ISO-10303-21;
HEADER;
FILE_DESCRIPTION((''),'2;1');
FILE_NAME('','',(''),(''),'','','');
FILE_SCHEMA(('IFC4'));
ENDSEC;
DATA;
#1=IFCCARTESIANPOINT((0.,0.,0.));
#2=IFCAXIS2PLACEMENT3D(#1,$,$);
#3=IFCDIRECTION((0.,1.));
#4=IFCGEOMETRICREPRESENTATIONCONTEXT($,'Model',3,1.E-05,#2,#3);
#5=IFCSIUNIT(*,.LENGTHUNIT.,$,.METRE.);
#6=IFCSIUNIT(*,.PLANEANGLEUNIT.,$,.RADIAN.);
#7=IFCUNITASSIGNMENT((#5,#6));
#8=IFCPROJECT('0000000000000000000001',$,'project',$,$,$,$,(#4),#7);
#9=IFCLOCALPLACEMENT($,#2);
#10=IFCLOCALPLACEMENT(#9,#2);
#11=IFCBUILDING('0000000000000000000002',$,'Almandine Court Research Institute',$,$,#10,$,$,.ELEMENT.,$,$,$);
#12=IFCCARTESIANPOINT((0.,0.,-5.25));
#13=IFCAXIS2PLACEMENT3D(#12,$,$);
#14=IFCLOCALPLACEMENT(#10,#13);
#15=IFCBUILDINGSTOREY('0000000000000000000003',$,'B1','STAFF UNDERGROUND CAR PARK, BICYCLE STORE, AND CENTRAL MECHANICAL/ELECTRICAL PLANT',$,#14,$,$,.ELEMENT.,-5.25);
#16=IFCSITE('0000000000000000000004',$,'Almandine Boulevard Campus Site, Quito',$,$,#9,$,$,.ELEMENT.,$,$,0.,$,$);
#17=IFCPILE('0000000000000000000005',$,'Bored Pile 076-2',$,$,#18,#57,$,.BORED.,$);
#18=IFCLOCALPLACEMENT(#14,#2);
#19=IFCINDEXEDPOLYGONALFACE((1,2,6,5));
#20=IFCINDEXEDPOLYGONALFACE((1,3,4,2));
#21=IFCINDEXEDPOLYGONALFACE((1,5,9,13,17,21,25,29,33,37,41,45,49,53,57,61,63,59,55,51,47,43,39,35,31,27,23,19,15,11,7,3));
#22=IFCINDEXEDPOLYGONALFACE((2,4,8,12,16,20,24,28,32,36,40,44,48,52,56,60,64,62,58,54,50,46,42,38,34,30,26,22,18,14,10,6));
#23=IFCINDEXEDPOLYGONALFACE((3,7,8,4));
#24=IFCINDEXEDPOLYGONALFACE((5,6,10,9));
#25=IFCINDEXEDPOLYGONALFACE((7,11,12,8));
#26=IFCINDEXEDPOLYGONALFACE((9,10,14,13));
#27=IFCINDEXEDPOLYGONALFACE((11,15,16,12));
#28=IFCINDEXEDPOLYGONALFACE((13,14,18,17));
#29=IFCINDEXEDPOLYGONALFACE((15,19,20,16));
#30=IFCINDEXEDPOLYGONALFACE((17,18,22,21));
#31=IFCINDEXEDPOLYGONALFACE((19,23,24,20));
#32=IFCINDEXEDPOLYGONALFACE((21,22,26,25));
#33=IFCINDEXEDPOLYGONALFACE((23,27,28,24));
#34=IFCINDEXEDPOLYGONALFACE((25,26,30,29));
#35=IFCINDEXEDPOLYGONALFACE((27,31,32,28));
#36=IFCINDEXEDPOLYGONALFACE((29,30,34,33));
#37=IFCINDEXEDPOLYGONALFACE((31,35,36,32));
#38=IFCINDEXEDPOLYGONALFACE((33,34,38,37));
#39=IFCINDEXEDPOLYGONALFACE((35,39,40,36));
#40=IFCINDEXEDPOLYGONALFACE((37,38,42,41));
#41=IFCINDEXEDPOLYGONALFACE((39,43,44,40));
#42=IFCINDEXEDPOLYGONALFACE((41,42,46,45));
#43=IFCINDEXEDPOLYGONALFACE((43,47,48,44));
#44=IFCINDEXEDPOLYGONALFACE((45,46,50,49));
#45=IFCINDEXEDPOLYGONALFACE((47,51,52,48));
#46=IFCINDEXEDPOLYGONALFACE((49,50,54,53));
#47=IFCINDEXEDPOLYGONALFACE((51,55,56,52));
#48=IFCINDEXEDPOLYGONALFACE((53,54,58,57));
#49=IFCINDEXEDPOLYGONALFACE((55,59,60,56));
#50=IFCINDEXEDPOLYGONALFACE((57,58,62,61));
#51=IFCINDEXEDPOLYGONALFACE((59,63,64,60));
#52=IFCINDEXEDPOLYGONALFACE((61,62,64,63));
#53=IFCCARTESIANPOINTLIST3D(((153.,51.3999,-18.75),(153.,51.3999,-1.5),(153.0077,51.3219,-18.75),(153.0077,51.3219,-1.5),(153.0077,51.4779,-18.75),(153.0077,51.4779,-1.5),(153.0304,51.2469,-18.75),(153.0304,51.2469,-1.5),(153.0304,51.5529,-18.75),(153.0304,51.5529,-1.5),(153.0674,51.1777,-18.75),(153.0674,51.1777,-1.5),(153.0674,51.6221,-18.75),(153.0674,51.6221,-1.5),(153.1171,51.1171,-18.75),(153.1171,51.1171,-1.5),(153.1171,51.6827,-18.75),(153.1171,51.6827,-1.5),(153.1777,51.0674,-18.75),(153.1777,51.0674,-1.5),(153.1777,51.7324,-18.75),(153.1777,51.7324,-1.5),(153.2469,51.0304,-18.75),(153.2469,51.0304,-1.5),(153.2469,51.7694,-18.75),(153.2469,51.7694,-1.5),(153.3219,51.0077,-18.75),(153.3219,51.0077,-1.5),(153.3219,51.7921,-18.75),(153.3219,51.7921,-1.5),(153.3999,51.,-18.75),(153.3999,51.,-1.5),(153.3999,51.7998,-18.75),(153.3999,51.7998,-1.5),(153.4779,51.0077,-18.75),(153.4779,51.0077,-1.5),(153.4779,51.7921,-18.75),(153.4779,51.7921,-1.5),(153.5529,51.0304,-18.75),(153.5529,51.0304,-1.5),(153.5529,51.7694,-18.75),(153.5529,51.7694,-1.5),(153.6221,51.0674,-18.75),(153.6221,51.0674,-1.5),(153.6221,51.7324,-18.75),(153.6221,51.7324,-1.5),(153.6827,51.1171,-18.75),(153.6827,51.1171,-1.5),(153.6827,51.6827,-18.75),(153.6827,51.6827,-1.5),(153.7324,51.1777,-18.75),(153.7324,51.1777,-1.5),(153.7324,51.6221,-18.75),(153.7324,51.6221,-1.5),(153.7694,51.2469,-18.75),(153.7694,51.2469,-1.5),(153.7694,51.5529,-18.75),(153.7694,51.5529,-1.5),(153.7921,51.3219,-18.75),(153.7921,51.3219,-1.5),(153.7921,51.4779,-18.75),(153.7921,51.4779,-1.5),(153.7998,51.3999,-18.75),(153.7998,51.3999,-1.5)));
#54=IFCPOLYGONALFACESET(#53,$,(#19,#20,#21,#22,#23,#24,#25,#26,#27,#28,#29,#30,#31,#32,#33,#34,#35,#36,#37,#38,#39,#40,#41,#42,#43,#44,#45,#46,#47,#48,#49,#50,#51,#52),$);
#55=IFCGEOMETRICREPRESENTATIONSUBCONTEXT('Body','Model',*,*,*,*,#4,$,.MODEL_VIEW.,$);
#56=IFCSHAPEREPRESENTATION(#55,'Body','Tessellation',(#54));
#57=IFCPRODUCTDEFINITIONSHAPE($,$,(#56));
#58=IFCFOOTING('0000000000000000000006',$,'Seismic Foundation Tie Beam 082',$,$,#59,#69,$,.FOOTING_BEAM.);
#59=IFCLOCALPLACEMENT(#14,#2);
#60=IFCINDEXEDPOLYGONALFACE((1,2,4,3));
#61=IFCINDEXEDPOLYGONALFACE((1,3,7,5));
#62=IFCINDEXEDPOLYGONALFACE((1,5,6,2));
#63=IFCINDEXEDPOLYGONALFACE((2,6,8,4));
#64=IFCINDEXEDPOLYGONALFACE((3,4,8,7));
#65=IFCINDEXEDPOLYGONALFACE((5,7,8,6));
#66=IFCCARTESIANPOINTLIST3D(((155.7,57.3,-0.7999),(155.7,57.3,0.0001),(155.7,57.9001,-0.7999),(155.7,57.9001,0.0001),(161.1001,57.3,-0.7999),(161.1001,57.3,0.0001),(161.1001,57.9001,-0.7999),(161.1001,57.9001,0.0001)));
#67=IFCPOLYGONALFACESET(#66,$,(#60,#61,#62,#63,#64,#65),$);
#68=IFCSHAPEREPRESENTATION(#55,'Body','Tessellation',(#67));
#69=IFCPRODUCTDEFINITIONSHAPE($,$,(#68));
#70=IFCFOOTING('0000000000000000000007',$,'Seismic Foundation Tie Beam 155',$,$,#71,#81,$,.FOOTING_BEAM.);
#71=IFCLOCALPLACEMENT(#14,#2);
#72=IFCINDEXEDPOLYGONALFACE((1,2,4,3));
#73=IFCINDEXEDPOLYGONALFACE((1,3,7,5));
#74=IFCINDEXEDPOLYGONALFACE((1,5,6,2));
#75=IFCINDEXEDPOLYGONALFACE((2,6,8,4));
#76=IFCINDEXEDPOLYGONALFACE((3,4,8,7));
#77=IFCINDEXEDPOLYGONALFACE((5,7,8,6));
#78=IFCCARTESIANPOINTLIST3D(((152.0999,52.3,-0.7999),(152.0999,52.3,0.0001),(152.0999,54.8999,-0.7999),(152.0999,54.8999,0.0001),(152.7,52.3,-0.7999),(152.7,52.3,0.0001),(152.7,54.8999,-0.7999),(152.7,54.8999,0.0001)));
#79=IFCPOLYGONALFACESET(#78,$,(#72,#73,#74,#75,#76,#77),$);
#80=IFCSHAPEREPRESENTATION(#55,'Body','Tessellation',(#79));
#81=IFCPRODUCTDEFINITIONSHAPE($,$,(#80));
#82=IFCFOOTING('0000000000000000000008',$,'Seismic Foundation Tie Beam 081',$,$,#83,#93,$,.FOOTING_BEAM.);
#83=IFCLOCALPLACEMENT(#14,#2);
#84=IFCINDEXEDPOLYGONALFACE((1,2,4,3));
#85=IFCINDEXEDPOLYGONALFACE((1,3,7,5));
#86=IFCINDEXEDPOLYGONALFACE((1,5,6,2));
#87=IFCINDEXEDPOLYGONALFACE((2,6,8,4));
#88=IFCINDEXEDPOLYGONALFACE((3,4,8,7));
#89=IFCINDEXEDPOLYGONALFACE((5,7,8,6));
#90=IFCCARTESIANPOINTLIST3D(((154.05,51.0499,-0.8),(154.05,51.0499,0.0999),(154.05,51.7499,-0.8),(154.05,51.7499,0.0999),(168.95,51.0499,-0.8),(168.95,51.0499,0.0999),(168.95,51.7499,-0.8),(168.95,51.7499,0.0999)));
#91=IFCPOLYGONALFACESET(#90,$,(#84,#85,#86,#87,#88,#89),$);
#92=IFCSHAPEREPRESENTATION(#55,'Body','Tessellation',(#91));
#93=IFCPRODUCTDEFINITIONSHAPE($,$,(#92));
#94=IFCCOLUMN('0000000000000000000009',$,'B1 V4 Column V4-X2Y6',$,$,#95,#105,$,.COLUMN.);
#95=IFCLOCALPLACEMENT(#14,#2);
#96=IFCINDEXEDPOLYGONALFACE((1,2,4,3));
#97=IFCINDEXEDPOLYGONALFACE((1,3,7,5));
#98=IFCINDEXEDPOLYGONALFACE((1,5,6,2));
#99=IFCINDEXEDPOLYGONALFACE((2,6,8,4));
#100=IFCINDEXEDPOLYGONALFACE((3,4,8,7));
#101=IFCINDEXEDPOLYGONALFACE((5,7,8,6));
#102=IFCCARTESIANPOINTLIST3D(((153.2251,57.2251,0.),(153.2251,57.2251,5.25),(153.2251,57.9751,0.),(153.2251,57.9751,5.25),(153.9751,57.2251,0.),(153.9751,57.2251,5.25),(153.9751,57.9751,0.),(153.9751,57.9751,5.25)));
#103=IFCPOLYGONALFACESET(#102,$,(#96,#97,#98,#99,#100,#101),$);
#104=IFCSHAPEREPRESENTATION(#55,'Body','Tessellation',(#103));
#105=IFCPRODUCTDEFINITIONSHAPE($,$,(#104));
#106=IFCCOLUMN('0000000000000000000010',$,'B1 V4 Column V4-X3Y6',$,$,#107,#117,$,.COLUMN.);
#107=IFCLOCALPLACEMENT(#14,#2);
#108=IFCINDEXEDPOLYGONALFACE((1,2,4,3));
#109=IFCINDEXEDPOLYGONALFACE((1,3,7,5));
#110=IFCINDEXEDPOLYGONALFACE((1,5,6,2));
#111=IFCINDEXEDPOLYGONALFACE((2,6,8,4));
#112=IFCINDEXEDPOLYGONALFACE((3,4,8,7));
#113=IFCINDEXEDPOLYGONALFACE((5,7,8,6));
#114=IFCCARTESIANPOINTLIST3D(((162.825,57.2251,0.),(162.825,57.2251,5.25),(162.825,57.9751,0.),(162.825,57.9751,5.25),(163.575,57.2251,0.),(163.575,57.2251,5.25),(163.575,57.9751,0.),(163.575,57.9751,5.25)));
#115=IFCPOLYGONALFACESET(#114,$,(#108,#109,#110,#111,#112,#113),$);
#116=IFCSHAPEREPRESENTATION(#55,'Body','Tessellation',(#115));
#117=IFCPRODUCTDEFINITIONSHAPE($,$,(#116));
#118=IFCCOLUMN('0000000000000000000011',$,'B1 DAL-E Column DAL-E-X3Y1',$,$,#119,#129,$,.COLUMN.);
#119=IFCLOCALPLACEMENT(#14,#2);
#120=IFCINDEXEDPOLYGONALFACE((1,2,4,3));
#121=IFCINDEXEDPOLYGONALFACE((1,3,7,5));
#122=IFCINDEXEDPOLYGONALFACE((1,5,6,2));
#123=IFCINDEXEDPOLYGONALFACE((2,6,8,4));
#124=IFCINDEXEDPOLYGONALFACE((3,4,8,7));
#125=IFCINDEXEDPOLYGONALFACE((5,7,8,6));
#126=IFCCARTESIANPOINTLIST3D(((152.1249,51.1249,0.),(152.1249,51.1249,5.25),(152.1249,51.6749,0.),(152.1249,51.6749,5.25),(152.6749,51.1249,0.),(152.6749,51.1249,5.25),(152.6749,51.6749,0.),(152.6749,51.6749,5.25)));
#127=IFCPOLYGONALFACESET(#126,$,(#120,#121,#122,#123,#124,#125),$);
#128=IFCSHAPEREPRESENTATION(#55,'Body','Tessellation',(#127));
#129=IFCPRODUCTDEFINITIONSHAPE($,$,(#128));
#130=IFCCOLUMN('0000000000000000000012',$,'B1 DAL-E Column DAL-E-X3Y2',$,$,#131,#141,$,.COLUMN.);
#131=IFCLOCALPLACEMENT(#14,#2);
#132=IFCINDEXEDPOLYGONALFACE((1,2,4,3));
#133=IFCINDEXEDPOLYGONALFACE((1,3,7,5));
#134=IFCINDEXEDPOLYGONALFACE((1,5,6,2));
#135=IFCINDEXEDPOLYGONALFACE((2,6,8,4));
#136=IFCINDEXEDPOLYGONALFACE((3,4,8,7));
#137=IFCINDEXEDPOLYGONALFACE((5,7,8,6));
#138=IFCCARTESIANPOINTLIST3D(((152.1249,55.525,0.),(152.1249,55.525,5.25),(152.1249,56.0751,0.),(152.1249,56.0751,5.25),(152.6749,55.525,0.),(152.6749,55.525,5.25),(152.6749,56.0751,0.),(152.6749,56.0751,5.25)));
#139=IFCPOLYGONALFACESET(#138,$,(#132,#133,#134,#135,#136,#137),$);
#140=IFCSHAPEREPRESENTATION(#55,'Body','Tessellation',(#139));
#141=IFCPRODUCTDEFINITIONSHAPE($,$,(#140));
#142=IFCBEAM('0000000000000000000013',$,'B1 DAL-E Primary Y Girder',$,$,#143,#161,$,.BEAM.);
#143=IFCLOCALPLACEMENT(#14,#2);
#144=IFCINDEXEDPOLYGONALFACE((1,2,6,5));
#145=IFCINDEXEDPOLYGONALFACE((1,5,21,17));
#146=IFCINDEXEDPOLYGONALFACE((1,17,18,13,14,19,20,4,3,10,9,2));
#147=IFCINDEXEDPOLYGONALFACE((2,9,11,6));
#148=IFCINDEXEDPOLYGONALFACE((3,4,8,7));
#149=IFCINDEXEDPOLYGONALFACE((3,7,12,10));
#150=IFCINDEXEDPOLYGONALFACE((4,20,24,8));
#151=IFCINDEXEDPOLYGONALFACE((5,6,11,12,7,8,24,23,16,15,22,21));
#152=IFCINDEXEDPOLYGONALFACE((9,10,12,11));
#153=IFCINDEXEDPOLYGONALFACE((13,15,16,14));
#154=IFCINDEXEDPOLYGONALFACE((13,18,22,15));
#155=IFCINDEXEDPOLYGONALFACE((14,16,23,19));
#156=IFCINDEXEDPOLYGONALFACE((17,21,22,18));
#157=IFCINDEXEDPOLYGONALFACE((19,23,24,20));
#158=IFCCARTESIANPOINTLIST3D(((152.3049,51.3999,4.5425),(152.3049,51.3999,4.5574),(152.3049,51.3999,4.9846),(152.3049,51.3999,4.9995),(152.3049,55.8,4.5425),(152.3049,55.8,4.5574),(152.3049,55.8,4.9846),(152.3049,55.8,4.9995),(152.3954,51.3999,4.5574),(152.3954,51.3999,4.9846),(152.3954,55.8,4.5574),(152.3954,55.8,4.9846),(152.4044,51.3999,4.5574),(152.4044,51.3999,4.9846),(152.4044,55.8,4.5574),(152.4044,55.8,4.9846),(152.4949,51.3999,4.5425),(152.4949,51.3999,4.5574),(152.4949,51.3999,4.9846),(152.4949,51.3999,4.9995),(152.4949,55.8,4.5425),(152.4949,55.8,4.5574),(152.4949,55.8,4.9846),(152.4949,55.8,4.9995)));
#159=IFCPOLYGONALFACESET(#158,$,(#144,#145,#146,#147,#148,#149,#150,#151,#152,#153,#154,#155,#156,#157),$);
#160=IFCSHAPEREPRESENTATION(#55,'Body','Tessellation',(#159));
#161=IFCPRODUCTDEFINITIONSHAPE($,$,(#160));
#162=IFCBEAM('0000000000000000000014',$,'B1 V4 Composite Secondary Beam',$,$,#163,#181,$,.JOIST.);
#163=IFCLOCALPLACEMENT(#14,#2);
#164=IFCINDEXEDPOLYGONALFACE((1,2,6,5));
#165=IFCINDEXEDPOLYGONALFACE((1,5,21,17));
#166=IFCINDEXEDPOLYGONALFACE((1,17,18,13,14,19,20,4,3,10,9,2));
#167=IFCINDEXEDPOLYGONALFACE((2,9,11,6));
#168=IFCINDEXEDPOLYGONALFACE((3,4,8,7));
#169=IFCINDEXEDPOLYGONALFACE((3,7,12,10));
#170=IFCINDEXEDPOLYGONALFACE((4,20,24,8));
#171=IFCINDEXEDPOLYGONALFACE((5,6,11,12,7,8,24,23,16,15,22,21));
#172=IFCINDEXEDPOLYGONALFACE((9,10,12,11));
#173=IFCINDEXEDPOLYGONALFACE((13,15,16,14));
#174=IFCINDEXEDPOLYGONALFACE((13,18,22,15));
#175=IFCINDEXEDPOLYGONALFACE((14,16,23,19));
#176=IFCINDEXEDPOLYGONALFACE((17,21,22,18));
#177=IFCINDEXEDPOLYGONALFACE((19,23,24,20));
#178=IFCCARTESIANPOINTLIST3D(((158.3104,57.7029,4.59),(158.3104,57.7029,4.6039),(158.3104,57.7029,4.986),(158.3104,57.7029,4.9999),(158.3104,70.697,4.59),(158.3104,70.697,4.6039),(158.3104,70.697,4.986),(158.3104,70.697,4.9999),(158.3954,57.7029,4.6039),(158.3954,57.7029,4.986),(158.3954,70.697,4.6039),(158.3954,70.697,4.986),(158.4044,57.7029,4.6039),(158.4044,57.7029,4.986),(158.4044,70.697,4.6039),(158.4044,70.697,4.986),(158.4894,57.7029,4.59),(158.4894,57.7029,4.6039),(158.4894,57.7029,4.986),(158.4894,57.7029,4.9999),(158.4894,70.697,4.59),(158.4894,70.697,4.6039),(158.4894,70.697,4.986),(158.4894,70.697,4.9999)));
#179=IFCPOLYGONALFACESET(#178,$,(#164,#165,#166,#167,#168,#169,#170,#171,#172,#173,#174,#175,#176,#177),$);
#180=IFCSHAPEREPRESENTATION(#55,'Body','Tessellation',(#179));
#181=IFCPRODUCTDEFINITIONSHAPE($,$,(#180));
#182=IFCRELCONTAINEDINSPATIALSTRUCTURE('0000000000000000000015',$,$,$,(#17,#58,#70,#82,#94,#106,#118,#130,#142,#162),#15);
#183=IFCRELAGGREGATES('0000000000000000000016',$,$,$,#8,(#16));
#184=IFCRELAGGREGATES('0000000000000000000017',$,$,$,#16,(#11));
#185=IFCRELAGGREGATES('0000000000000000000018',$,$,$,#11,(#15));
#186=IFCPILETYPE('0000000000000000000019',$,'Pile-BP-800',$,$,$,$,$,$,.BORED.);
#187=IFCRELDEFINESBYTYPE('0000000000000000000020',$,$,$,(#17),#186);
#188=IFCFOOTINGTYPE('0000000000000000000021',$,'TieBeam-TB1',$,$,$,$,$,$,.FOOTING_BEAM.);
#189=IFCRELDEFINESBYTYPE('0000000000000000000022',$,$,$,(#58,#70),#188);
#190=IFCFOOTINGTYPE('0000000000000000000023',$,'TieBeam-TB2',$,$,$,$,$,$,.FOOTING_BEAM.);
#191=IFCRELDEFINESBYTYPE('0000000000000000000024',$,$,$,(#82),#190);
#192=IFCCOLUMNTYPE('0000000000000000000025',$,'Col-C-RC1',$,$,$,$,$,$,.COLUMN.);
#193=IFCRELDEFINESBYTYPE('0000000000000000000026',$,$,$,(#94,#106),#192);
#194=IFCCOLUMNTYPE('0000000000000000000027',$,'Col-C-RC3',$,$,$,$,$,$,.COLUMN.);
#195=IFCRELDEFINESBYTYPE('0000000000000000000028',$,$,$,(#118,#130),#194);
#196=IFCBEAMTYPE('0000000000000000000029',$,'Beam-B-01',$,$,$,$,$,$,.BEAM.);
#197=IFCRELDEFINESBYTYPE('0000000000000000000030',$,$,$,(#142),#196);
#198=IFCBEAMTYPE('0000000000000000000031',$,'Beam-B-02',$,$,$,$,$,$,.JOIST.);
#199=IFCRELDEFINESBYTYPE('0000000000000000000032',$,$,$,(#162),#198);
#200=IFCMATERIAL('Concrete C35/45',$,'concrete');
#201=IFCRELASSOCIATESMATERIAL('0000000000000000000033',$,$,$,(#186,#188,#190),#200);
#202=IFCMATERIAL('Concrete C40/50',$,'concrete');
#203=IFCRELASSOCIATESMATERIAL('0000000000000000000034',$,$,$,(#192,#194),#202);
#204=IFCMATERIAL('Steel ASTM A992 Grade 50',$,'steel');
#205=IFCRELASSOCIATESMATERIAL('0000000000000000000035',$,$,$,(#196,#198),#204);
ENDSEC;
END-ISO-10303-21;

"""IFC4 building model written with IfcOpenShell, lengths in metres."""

from ifc_helpers import new_model, si_unit, direction, frame, origin, origin_2d, place, context, subcontext, project, spatial, rectangle, circle, i_section, extrude, material, material_profile, profile_set, type_object, element, save


model = new_model("IFC4")

# Units and contexts
model_context = context("Model", 3, precision=1e-05, world=origin(), true_north=direction((0.0, 1.0)))
body_context = subcontext(model_context, "Body", "Model", "MODEL_VIEW")
ifc_project = project(units=[si_unit("LENGTHUNIT", "METRE"), si_unit("PLANEANGLEUNIT", "RADIAN")], contexts=[model_context])

# Site, building, storey
site_placement = place(None, origin())
site = spatial("IfcSite", under=ifc_project, at=site_placement, Name="Almandine Boulevard Campus Site, Quito", CompositionType="ELEMENT", RefElevation=0.0)
building_placement = place(site_placement, origin())
building = spatial("IfcBuilding", under=site, at=building_placement, Name="Almandine Court Research Institute", CompositionType="ELEMENT")
storey_placement = place(building_placement, frame((0.0, 0.0, -5.25)))
storey = spatial("IfcBuildingStorey", under=building, at=storey_placement, Name="B1", Description="STAFF UNDERGROUND CAR PARK, BICYCLE STORE, AND CENTRAL MECHANICAL/ELECTRICAL PLANT", CompositionType="ELEMENT", Elevation=-5.25)

# Shared definitions
ifc_material_1 = material(Name="Concrete C35/45", Category="concrete")

# Pile
ifc_material_profile_1 = material_profile(ifc_material_1, circle(Radius=0.3999, at=origin_2d()), Name="BORED PILE D800")
ifc_profile_set_1 = profile_set([ifc_material_profile_1], Name="Concrete C35/45")
pile_type_1 = type_object("IfcPileType", Name="Pile-BP-800", PredefinedType="BORED", material=ifc_profile_set_1)
for number, where, z_axis, x_axis, name in (
    (1, (153.3999, 51.3999, -1.5), (0.0, 0.0, -1.0), (1.0, 0.0, 0.0), "Bored Pile 076-2"),
):
    element("IfcPile", number, at=place(storey_placement, frame(where, z_axis=z_axis, x_axis=x_axis)), inside=storey, type_object=pile_type_1, Name=name, PredefinedType="BORED", context=body_context, shape_type="SweptSolid", body=[
        extrude(circle(Radius=0.3999, at=origin_2d()), origin(), (0.0, 0.0, 1.0), 17.25),
    ])

# Footings
ifc_material_profile_2 = material_profile(ifc_material_1, rectangle(XDim=0.6001, YDim=0.8, at=origin_2d()), Name="RC TIE 600x800")
ifc_profile_set_2 = profile_set([ifc_material_profile_2], Name="Concrete C35/45")
footing_type_1 = type_object("IfcFootingType", Name="TieBeam-TB1", PredefinedType="FOOTING_BEAM", material=ifc_profile_set_2)
footing_1_placement = place(storey_placement, frame((155.7, 57.6001, -0.3999), z_axis=(1.0, 0.0, 0.0), x_axis=(0.0, 1.0, 0.0)))
element("IfcFooting", 2, at=footing_1_placement, inside=storey, type_object=footing_type_1, Name="Seismic Foundation Tie Beam 082", PredefinedType="FOOTING_BEAM", context=body_context, shape_type="SweptSolid", body=[
    extrude(rectangle(XDim=0.6001, YDim=0.8, at=origin_2d()), origin(), (0.0, 0.0, 1.0), 5.4001),
])
footing_2_placement = place(storey_placement, frame((152.3999, 52.3, -0.3999), z_axis=(0.0, 1.0, 0.0), x_axis=(-1.0, 0.0, 0.0)))
element("IfcFooting", 3, at=footing_2_placement, inside=storey, type_object=footing_type_1, Name="Seismic Foundation Tie Beam 155", PredefinedType="FOOTING_BEAM", context=body_context, shape_type="SweptSolid", body=[
    extrude(rectangle(XDim=0.6001, YDim=0.8, at=origin_2d()), origin(), (0.0, 0.0, 1.0), 2.5999),
])
ifc_material_profile_3 = material_profile(ifc_material_1, rectangle(XDim=0.7, YDim=0.8999, at=origin_2d()), Name="RC TIE 700x900")
ifc_profile_set_3 = profile_set([ifc_material_profile_3], Name="Concrete C35/45")
footing_type_2 = type_object("IfcFootingType", Name="TieBeam-TB2", PredefinedType="FOOTING_BEAM", material=ifc_profile_set_3)
footing_3_placement = place(storey_placement, frame((154.05, 51.3999, -0.3501), z_axis=(1.0, 0.0, 0.0), x_axis=(0.0, 1.0, 0.0)))
element("IfcFooting", 4, at=footing_3_placement, inside=storey, type_object=footing_type_2, Name="Seismic Foundation Tie Beam 081", PredefinedType="FOOTING_BEAM", context=body_context, shape_type="SweptSolid", body=[
    extrude(rectangle(XDim=0.7, YDim=0.8999, at=origin_2d()), origin(), (0.0, 0.0, 1.0), 14.8999),
])

# Columns
ifc_material_2 = material(Name="Concrete C40/50", Category="concrete")
ifc_material_profile_4 = material_profile(ifc_material_2, rectangle(XDim=0.75, YDim=0.75, at=origin_2d()), Name="RC 750x750")
ifc_profile_set_4 = profile_set([ifc_material_profile_4], Name="Concrete C40/50")
column_type_1 = type_object("IfcColumnType", Name="Col-C-RC1", PredefinedType="COLUMN", material=ifc_profile_set_4)
for number, where, z_axis, x_axis, name in (
    (5, (153.6001, 57.6001, 0.0), (0.0, 0.0, 1.0), (1.0, 0.0, 0.0), "B1 V4 Column V4-X2Y6"),
    (6, (163.2, 57.6001, 0.0), (0.0, 0.0, 1.0), (1.0, 0.0, 0.0), "B1 V4 Column V4-X3Y6"),
):
    element("IfcColumn", number, at=place(storey_placement, frame(where, z_axis=z_axis, x_axis=x_axis)), inside=storey, type_object=column_type_1, Name=name, PredefinedType="COLUMN", context=body_context, shape_type="SweptSolid", body=[
        extrude(rectangle(XDim=0.75, YDim=0.75, at=origin_2d()), origin(), (0.0, 0.0, 1.0), 5.25),
    ])
ifc_material_profile_5 = material_profile(ifc_material_2, rectangle(XDim=0.55, YDim=0.55, at=origin_2d()), Name="RC 550x550")
ifc_profile_set_5 = profile_set([ifc_material_profile_5], Name="Concrete C40/50")
column_type_2 = type_object("IfcColumnType", Name="Col-C-RC3", PredefinedType="COLUMN", material=ifc_profile_set_5)
for number, where, z_axis, x_axis, name in (
    (7, (152.3999, 51.3999, 0.0), (0.0, 0.0, 1.0), (1.0, 0.0, 0.0), "B1 DAL-E Column DAL-E-X3Y1"),
    (8, (152.3999, 55.8, 0.0), (0.0, 0.0, 1.0), (1.0, 0.0, 0.0), "B1 DAL-E Column DAL-E-X3Y2"),
):
    element("IfcColumn", number, at=place(storey_placement, frame(where, z_axis=z_axis, x_axis=x_axis)), inside=storey, type_object=column_type_2, Name=name, PredefinedType="COLUMN", context=body_context, shape_type="SweptSolid", body=[
        extrude(rectangle(XDim=0.55, YDim=0.55, at=origin_2d()), origin(), (0.0, 0.0, 1.0), 5.25),
    ])

# Beams
ifc_material_3 = material(Name="Steel ASTM A992 Grade 50", Category="steel")
ifc_material_profile_6 = material_profile(ifc_material_3, i_section(OverallWidth=0.1899, OverallDepth=0.457, WebThickness=0.009, FlangeThickness=0.0149, at=origin_2d()), Name="W460x74")
ifc_profile_set_6 = profile_set([ifc_material_profile_6], Name="Steel ASTM A992 Grade 50")
beam_type_1 = type_object("IfcBeamType", Name="Beam-B-01", PredefinedType="BEAM", material=ifc_profile_set_6)
beam_1_placement = place(storey_placement, frame((152.3999, 51.3999, 4.771), z_axis=(0.0, 1.0, 0.0), x_axis=(-1.0, 0.0, 0.0)))
element("IfcBeam", 9, at=beam_1_placement, inside=storey, type_object=beam_type_1, Name="B1 DAL-E Primary Y Girder", PredefinedType="BEAM", context=body_context, shape_type="SweptSolid", body=[
    extrude(i_section(OverallWidth=0.1899, OverallDepth=0.457, WebThickness=0.009, FlangeThickness=0.0149, at=origin_2d()), origin(), (0.0, 0.0, 1.0), 4.4001),
])
ifc_material_profile_7 = material_profile(ifc_material_3, i_section(OverallWidth=0.179, OverallDepth=0.4099, WebThickness=0.009, FlangeThickness=0.0139, at=origin_2d()), Name="W410x67")
ifc_profile_set_7 = profile_set([ifc_material_profile_7], Name="Steel ASTM A992 Grade 50")
beam_type_2 = type_object("IfcBeamType", Name="Beam-B-02", PredefinedType="JOIST", material=ifc_profile_set_7)
beam_2_placement = place(storey_placement, frame((158.3999, 57.7029, 4.7949), z_axis=(0.0, 1.0, 0.0), x_axis=(-1.0, 0.0, 0.0)))
element("IfcBeam", 10, at=beam_2_placement, inside=storey, type_object=beam_type_2, Name="B1 V4 Composite Secondary Beam", PredefinedType="JOIST", context=body_context, shape_type="SweptSolid", body=[
    extrude(i_section(OverallWidth=0.179, OverallDepth=0.4099, WebThickness=0.009, FlangeThickness=0.0139, at=origin_2d()), origin(), (0.0, 0.0, 1.0), 12.9941),
])

save(model, "model.ifc")
